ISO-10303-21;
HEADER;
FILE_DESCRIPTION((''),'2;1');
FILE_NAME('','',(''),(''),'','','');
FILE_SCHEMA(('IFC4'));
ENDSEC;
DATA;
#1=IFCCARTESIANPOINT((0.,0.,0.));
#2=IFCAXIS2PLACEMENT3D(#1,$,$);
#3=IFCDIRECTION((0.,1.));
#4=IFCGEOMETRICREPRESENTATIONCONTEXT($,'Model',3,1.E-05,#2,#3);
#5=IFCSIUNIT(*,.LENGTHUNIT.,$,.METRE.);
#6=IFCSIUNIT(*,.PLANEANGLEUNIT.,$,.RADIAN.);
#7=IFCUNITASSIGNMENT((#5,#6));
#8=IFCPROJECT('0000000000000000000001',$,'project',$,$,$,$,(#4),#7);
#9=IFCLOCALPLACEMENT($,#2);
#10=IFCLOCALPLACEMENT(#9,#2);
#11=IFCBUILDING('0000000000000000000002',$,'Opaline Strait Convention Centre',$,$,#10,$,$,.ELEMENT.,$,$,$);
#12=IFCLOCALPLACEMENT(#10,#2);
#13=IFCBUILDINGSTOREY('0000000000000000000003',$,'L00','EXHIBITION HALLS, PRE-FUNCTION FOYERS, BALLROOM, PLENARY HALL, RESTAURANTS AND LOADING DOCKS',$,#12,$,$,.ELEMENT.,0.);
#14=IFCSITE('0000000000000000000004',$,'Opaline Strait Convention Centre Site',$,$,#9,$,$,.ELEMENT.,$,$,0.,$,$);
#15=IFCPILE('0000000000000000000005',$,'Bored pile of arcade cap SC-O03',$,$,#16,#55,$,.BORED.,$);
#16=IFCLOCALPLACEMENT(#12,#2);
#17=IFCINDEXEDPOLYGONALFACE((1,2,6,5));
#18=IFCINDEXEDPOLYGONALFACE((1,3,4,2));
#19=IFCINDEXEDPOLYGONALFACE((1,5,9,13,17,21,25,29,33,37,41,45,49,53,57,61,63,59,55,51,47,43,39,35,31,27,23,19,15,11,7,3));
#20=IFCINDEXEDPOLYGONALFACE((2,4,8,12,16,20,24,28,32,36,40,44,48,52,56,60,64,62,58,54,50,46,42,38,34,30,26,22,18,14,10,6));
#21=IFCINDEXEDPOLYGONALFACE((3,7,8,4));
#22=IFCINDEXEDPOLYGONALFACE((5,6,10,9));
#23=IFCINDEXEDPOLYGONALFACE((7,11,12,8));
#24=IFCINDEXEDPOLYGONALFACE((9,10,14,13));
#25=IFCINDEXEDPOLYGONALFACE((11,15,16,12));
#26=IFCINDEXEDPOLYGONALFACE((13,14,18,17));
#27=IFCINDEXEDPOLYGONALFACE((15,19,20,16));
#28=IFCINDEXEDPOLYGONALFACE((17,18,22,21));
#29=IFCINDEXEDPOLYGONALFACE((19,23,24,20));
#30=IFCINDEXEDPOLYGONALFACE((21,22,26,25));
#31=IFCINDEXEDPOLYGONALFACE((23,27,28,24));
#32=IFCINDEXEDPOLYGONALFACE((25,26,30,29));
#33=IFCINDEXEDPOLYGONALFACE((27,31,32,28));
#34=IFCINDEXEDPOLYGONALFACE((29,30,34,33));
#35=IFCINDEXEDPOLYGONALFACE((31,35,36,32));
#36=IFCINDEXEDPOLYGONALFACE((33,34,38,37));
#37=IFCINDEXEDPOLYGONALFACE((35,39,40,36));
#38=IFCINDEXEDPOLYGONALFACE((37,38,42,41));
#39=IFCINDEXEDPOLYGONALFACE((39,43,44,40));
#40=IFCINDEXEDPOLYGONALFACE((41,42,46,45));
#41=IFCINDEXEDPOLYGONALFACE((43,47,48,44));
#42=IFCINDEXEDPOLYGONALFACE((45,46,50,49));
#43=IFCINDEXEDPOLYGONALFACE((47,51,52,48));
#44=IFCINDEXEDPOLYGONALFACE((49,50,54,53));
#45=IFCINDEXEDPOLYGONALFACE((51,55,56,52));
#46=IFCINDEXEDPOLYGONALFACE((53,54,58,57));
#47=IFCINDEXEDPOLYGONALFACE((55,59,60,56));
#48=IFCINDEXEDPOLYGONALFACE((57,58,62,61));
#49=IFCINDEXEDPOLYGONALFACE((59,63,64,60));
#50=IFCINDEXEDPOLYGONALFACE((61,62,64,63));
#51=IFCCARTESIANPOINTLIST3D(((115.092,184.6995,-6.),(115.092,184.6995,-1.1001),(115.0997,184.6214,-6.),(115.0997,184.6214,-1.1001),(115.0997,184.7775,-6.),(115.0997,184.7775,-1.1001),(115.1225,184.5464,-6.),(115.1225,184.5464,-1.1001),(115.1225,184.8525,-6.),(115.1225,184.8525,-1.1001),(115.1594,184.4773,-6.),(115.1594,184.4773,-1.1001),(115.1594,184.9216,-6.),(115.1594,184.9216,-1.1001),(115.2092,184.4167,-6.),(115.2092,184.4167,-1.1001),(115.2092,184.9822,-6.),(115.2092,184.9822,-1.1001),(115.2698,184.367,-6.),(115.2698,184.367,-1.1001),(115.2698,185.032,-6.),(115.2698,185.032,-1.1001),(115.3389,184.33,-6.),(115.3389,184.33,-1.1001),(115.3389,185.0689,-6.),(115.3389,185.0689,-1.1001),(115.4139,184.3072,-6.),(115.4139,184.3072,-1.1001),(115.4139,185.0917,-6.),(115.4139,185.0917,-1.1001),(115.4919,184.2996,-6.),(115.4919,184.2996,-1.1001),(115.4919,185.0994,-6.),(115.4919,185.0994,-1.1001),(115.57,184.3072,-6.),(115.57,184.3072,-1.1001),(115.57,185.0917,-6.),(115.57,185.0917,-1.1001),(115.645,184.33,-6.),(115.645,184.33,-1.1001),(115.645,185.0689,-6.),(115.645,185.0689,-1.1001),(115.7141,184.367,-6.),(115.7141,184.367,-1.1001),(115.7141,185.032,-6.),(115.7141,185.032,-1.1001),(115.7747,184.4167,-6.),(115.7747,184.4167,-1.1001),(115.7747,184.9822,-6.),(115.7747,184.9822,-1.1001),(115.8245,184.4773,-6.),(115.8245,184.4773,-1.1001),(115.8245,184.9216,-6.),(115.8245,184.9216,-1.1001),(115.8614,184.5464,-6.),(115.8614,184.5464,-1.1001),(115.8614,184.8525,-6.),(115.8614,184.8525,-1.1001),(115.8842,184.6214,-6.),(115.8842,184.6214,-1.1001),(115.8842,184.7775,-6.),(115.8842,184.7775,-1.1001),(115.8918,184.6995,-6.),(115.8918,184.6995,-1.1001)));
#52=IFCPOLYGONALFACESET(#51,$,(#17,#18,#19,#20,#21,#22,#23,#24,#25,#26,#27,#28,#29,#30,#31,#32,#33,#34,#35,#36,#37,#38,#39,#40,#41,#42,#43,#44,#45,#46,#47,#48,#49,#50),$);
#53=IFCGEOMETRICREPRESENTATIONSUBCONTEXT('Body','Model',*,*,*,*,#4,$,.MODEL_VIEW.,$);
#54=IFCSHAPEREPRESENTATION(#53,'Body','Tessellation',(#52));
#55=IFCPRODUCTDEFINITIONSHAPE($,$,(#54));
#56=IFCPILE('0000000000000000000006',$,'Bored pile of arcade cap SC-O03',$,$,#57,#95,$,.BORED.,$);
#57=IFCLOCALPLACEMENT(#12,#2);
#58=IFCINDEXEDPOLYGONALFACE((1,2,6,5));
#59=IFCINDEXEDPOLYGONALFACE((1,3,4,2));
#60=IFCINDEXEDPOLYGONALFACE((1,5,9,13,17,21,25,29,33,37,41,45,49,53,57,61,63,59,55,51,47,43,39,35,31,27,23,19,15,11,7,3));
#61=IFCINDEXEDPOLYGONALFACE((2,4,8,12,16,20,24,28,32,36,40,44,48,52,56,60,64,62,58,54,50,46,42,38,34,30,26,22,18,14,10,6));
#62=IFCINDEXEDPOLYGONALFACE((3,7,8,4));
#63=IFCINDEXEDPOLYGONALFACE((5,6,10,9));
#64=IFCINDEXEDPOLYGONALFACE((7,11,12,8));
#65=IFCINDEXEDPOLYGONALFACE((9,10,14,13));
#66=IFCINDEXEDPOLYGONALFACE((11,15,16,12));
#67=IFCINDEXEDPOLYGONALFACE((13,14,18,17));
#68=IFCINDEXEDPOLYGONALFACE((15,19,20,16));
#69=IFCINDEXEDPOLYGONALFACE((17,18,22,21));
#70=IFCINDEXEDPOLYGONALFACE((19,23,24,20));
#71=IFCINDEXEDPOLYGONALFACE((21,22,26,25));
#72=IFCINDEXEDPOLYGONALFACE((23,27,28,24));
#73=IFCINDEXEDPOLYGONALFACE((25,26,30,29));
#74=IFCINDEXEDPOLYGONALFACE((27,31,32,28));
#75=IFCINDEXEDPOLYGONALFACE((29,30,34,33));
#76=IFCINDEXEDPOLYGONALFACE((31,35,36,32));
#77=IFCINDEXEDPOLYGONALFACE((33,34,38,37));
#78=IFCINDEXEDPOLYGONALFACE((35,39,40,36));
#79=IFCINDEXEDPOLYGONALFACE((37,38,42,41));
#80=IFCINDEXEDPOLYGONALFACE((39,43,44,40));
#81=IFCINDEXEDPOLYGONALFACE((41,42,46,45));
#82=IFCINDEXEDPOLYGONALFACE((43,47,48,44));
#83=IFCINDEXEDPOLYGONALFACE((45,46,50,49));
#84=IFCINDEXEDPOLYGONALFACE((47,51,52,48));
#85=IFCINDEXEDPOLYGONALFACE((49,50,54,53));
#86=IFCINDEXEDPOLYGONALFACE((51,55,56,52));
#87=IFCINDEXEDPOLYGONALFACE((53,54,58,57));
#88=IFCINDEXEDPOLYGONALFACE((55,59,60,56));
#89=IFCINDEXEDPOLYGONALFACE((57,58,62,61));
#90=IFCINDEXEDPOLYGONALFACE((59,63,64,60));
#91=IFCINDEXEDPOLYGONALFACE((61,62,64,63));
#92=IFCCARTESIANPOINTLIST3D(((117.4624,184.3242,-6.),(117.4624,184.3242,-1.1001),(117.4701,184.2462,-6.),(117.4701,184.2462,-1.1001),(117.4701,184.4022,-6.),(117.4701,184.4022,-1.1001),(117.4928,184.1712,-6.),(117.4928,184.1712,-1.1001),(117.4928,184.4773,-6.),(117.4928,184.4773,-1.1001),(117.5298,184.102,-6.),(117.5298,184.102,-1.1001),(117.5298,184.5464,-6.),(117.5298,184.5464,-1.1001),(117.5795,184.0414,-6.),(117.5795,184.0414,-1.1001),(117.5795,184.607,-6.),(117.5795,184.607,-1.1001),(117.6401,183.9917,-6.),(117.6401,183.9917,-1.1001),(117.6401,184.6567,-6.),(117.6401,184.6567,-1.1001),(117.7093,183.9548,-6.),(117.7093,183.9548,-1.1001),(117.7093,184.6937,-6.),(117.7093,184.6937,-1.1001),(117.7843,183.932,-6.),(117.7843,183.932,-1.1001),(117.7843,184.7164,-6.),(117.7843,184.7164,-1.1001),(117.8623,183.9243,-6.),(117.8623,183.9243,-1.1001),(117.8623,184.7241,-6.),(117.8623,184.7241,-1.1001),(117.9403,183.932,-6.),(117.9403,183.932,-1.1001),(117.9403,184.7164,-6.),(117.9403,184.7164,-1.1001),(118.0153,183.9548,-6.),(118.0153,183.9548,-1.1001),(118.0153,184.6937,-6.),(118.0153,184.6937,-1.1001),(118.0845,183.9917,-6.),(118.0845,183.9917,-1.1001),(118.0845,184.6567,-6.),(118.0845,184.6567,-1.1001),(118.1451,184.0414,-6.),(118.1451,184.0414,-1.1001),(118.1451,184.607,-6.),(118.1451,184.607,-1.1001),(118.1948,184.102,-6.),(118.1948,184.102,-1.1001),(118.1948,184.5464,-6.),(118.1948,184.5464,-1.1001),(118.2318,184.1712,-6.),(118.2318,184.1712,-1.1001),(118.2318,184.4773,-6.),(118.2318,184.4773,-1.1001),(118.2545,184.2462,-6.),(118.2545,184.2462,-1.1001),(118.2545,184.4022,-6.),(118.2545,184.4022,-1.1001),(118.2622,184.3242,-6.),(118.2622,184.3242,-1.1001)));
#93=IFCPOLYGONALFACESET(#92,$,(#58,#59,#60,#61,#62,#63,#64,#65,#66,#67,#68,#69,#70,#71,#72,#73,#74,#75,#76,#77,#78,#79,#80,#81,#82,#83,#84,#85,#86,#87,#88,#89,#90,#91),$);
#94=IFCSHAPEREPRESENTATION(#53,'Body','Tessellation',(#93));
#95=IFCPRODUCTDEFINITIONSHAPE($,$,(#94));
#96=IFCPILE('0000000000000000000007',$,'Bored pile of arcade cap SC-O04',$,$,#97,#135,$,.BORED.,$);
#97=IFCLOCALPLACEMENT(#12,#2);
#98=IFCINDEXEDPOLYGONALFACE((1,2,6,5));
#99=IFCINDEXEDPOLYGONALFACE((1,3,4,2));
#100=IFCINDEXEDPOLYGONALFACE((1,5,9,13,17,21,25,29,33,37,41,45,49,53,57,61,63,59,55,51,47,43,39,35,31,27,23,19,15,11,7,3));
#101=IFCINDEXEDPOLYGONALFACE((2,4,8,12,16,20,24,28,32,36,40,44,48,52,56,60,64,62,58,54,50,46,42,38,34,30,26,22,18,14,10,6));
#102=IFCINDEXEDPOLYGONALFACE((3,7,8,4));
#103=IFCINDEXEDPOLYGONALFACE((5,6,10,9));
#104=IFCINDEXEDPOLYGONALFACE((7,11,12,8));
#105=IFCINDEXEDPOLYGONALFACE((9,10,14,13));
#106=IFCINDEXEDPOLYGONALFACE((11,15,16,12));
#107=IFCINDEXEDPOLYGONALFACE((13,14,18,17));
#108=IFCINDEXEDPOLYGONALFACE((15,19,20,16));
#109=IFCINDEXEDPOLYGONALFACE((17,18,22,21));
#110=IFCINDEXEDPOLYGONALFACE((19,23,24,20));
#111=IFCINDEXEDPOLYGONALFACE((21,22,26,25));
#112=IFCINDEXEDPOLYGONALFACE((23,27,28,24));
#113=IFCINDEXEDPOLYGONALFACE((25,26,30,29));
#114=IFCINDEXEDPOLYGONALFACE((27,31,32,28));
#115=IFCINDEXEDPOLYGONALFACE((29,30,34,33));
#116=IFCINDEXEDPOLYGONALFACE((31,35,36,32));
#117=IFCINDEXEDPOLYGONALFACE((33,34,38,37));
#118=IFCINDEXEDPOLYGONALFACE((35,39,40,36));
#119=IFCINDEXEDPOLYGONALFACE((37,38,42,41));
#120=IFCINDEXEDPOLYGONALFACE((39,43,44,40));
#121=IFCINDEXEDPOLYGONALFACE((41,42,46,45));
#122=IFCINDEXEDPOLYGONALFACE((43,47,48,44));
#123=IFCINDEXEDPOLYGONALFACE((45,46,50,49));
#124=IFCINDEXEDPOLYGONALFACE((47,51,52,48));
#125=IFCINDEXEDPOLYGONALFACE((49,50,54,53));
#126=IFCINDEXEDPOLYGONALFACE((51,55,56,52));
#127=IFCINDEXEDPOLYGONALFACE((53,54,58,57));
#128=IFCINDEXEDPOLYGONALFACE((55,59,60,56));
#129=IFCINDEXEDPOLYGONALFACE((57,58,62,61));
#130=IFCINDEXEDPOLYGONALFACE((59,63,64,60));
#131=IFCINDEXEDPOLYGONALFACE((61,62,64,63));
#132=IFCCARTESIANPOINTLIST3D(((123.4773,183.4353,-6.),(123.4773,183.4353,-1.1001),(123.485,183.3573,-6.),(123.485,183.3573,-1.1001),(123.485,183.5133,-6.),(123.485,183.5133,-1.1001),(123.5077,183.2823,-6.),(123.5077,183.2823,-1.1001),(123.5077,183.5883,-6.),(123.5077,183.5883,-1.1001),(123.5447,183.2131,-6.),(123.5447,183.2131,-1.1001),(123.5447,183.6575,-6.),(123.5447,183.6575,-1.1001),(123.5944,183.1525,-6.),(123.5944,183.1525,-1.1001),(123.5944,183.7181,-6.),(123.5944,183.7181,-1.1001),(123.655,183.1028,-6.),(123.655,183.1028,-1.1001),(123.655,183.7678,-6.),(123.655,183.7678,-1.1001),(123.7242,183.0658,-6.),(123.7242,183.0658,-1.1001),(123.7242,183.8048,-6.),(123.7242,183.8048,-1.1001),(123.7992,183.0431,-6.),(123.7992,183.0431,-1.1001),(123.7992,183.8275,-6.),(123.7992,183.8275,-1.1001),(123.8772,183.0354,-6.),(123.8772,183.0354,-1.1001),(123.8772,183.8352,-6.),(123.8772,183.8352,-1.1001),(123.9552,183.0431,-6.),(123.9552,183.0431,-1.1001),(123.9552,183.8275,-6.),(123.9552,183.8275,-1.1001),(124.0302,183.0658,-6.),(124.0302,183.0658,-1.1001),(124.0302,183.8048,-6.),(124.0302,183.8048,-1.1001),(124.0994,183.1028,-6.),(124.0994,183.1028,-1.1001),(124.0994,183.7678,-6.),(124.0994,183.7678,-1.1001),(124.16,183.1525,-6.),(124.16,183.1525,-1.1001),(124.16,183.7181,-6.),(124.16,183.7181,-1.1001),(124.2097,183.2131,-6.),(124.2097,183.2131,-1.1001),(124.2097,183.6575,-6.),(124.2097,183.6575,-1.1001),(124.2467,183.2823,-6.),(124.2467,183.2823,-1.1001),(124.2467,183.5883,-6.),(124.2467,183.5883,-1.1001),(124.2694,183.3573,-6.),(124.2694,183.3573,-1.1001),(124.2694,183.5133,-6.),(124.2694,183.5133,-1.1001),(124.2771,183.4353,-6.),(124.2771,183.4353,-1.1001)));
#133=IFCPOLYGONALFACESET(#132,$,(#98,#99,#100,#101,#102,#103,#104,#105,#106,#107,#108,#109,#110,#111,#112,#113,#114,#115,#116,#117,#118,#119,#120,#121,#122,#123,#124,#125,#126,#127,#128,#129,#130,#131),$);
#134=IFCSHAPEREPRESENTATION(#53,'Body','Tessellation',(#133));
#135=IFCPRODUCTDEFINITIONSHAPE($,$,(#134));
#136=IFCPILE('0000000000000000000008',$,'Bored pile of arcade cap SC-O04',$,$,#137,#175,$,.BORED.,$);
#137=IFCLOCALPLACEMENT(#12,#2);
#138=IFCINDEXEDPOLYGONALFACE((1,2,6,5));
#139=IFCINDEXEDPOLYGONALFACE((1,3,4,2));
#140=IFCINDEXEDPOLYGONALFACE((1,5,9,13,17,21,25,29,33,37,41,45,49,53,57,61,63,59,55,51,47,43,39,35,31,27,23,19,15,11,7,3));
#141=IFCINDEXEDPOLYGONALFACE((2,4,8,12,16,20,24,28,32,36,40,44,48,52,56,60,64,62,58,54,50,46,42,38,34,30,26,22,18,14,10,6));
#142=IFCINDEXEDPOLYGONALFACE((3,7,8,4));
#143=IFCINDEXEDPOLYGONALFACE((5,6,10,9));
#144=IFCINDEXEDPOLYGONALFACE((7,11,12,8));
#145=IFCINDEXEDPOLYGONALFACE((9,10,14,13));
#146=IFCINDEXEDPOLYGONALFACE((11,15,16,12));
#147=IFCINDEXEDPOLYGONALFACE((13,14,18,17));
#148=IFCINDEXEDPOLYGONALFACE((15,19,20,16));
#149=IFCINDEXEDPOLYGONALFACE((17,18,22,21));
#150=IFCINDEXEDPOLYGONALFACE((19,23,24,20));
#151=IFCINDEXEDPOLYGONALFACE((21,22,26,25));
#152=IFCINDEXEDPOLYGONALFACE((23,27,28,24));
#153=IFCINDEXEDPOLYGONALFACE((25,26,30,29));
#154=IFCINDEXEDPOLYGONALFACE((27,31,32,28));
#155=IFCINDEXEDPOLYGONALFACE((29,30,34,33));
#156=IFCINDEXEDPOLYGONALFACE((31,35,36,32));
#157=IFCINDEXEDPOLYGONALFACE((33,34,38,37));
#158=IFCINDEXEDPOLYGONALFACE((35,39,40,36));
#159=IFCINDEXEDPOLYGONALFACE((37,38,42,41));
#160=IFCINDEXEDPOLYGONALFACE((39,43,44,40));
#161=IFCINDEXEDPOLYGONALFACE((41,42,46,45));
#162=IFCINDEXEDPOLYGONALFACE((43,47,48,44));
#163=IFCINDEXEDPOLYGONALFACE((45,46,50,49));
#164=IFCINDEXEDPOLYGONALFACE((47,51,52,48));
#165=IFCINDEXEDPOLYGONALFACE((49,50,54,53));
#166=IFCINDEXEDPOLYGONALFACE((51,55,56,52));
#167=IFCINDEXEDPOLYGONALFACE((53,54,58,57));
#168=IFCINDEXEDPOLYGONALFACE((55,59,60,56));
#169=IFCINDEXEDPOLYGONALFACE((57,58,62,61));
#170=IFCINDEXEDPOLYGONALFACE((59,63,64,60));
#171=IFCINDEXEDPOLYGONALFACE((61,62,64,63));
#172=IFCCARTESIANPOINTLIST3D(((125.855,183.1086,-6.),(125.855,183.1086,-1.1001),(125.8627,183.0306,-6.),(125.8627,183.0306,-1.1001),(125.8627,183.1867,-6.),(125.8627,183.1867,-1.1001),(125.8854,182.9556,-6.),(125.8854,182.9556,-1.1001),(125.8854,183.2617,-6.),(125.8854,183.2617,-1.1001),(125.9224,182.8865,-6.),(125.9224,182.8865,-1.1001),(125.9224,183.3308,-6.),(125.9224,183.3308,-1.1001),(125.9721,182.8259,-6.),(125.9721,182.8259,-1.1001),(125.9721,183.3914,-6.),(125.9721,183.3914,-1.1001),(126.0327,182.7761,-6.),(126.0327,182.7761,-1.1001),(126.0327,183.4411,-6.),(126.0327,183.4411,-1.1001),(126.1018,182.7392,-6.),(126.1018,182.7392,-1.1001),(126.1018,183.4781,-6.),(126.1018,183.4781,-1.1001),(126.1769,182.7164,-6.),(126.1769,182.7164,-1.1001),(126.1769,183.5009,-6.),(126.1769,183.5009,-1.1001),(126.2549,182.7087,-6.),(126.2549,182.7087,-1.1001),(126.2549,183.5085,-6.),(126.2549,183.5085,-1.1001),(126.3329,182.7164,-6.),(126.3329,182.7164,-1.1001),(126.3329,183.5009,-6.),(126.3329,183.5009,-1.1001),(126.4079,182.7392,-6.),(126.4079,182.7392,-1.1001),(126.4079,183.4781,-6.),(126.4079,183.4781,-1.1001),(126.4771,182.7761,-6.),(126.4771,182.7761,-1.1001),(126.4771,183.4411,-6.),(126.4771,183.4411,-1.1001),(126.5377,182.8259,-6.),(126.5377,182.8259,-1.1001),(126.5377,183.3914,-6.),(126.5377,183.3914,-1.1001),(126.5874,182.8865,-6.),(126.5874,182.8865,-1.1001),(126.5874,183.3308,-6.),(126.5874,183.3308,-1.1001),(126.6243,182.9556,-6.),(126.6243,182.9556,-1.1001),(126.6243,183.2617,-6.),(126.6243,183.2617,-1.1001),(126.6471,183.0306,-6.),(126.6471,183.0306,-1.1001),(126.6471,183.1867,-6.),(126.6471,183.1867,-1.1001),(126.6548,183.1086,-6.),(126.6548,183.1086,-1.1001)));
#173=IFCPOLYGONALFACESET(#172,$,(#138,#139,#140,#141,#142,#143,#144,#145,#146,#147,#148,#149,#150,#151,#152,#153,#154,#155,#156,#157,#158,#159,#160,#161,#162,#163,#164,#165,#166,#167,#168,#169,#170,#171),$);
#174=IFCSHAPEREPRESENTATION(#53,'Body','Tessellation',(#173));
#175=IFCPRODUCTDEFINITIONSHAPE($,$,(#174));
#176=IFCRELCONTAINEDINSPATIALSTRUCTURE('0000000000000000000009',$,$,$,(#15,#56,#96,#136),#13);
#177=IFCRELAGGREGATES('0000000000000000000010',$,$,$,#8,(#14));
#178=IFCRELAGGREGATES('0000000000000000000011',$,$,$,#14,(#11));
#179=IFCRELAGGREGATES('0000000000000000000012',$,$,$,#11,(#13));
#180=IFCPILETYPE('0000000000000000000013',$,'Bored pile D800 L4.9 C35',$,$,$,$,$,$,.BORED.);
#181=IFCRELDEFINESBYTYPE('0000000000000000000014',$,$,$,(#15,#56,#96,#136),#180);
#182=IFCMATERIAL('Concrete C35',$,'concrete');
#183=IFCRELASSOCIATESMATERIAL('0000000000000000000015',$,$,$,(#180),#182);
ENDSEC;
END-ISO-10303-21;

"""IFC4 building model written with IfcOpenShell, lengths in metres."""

from ifc_helpers import new_model, si_unit, direction, frame, origin, origin_2d, place, context, subcontext, project, spatial, circle, extrude, material, material_profile, profile_set, type_object, element, save


model = new_model("IFC4")

# Units and contexts
model_context = context("Model", 3, precision=1e-05, world=origin(), true_north=direction((0.0, 1.0)))
body_context = subcontext(model_context, "Body", "Model", "MODEL_VIEW")
ifc_project = project(units=[si_unit("LENGTHUNIT", "METRE"), si_unit("PLANEANGLEUNIT", "RADIAN")], contexts=[model_context])

# Site, building, storey
site_placement = place(None, origin())
site = spatial("IfcSite", under=ifc_project, at=site_placement, Name="Opaline Strait Convention Centre Site", CompositionType="ELEMENT", RefElevation=0.0)
building_placement = place(site_placement, origin())
building = spatial("IfcBuilding", under=site, at=building_placement, Name="Opaline Strait Convention Centre", CompositionType="ELEMENT")
storey_placement = place(building_placement, origin())
storey = spatial("IfcBuildingStorey", under=building, at=storey_placement, Name="L00", Description="EXHIBITION HALLS, PRE-FUNCTION FOYERS, BALLROOM, PLENARY HALL, RESTAURANTS AND LOADING DOCKS", CompositionType="ELEMENT", Elevation=0.0)

# Piles
ifc_material_1 = material(Name="Concrete C35", Category="concrete")
ifc_material_profile_1 = material_profile(ifc_material_1, circle(Radius=0.3999, at=origin_2d()), Name="D800")
ifc_profile_set_1 = profile_set([ifc_material_profile_1], Name="Concrete C35")
pile_type_1 = type_object("IfcPileType", Name="Bored pile D800 L4.9 C35", PredefinedType="BORED", material=ifc_profile_set_1)
for number, where, z_axis, x_axis, name in (
    (1, (115.4919, 184.6995, -1.1001), (0.0, 0.0, -1.0), (1.0, 0.0, 0.0), "Bored pile of arcade cap SC-O03"),
    (2, (117.8623, 184.3242, -1.1001), (0.0, 0.0, -1.0), (1.0, 0.0, 0.0), "Bored pile of arcade cap SC-O03"),
    (3, (123.8772, 183.4353, -1.1001), (0.0, 0.0, -1.0), (1.0, 0.0, 0.0), "Bored pile of arcade cap SC-O04"),
    (4, (126.2549, 183.1086, -1.1001), (0.0, 0.0, -1.0), (1.0, 0.0, 0.0), "Bored pile of arcade cap SC-O04"),
):
    element("IfcPile", number, at=place(storey_placement, frame(where, z_axis=z_axis, x_axis=x_axis)), inside=storey, type_object=pile_type_1, Name=name, PredefinedType="BORED", context=body_context, shape_type="SweptSolid", body=[
        extrude(circle(Radius=0.3999, at=origin_2d()), origin(), (0.0, 0.0, 1.0), 4.8999),
    ])

save(model, "model.ifc")
